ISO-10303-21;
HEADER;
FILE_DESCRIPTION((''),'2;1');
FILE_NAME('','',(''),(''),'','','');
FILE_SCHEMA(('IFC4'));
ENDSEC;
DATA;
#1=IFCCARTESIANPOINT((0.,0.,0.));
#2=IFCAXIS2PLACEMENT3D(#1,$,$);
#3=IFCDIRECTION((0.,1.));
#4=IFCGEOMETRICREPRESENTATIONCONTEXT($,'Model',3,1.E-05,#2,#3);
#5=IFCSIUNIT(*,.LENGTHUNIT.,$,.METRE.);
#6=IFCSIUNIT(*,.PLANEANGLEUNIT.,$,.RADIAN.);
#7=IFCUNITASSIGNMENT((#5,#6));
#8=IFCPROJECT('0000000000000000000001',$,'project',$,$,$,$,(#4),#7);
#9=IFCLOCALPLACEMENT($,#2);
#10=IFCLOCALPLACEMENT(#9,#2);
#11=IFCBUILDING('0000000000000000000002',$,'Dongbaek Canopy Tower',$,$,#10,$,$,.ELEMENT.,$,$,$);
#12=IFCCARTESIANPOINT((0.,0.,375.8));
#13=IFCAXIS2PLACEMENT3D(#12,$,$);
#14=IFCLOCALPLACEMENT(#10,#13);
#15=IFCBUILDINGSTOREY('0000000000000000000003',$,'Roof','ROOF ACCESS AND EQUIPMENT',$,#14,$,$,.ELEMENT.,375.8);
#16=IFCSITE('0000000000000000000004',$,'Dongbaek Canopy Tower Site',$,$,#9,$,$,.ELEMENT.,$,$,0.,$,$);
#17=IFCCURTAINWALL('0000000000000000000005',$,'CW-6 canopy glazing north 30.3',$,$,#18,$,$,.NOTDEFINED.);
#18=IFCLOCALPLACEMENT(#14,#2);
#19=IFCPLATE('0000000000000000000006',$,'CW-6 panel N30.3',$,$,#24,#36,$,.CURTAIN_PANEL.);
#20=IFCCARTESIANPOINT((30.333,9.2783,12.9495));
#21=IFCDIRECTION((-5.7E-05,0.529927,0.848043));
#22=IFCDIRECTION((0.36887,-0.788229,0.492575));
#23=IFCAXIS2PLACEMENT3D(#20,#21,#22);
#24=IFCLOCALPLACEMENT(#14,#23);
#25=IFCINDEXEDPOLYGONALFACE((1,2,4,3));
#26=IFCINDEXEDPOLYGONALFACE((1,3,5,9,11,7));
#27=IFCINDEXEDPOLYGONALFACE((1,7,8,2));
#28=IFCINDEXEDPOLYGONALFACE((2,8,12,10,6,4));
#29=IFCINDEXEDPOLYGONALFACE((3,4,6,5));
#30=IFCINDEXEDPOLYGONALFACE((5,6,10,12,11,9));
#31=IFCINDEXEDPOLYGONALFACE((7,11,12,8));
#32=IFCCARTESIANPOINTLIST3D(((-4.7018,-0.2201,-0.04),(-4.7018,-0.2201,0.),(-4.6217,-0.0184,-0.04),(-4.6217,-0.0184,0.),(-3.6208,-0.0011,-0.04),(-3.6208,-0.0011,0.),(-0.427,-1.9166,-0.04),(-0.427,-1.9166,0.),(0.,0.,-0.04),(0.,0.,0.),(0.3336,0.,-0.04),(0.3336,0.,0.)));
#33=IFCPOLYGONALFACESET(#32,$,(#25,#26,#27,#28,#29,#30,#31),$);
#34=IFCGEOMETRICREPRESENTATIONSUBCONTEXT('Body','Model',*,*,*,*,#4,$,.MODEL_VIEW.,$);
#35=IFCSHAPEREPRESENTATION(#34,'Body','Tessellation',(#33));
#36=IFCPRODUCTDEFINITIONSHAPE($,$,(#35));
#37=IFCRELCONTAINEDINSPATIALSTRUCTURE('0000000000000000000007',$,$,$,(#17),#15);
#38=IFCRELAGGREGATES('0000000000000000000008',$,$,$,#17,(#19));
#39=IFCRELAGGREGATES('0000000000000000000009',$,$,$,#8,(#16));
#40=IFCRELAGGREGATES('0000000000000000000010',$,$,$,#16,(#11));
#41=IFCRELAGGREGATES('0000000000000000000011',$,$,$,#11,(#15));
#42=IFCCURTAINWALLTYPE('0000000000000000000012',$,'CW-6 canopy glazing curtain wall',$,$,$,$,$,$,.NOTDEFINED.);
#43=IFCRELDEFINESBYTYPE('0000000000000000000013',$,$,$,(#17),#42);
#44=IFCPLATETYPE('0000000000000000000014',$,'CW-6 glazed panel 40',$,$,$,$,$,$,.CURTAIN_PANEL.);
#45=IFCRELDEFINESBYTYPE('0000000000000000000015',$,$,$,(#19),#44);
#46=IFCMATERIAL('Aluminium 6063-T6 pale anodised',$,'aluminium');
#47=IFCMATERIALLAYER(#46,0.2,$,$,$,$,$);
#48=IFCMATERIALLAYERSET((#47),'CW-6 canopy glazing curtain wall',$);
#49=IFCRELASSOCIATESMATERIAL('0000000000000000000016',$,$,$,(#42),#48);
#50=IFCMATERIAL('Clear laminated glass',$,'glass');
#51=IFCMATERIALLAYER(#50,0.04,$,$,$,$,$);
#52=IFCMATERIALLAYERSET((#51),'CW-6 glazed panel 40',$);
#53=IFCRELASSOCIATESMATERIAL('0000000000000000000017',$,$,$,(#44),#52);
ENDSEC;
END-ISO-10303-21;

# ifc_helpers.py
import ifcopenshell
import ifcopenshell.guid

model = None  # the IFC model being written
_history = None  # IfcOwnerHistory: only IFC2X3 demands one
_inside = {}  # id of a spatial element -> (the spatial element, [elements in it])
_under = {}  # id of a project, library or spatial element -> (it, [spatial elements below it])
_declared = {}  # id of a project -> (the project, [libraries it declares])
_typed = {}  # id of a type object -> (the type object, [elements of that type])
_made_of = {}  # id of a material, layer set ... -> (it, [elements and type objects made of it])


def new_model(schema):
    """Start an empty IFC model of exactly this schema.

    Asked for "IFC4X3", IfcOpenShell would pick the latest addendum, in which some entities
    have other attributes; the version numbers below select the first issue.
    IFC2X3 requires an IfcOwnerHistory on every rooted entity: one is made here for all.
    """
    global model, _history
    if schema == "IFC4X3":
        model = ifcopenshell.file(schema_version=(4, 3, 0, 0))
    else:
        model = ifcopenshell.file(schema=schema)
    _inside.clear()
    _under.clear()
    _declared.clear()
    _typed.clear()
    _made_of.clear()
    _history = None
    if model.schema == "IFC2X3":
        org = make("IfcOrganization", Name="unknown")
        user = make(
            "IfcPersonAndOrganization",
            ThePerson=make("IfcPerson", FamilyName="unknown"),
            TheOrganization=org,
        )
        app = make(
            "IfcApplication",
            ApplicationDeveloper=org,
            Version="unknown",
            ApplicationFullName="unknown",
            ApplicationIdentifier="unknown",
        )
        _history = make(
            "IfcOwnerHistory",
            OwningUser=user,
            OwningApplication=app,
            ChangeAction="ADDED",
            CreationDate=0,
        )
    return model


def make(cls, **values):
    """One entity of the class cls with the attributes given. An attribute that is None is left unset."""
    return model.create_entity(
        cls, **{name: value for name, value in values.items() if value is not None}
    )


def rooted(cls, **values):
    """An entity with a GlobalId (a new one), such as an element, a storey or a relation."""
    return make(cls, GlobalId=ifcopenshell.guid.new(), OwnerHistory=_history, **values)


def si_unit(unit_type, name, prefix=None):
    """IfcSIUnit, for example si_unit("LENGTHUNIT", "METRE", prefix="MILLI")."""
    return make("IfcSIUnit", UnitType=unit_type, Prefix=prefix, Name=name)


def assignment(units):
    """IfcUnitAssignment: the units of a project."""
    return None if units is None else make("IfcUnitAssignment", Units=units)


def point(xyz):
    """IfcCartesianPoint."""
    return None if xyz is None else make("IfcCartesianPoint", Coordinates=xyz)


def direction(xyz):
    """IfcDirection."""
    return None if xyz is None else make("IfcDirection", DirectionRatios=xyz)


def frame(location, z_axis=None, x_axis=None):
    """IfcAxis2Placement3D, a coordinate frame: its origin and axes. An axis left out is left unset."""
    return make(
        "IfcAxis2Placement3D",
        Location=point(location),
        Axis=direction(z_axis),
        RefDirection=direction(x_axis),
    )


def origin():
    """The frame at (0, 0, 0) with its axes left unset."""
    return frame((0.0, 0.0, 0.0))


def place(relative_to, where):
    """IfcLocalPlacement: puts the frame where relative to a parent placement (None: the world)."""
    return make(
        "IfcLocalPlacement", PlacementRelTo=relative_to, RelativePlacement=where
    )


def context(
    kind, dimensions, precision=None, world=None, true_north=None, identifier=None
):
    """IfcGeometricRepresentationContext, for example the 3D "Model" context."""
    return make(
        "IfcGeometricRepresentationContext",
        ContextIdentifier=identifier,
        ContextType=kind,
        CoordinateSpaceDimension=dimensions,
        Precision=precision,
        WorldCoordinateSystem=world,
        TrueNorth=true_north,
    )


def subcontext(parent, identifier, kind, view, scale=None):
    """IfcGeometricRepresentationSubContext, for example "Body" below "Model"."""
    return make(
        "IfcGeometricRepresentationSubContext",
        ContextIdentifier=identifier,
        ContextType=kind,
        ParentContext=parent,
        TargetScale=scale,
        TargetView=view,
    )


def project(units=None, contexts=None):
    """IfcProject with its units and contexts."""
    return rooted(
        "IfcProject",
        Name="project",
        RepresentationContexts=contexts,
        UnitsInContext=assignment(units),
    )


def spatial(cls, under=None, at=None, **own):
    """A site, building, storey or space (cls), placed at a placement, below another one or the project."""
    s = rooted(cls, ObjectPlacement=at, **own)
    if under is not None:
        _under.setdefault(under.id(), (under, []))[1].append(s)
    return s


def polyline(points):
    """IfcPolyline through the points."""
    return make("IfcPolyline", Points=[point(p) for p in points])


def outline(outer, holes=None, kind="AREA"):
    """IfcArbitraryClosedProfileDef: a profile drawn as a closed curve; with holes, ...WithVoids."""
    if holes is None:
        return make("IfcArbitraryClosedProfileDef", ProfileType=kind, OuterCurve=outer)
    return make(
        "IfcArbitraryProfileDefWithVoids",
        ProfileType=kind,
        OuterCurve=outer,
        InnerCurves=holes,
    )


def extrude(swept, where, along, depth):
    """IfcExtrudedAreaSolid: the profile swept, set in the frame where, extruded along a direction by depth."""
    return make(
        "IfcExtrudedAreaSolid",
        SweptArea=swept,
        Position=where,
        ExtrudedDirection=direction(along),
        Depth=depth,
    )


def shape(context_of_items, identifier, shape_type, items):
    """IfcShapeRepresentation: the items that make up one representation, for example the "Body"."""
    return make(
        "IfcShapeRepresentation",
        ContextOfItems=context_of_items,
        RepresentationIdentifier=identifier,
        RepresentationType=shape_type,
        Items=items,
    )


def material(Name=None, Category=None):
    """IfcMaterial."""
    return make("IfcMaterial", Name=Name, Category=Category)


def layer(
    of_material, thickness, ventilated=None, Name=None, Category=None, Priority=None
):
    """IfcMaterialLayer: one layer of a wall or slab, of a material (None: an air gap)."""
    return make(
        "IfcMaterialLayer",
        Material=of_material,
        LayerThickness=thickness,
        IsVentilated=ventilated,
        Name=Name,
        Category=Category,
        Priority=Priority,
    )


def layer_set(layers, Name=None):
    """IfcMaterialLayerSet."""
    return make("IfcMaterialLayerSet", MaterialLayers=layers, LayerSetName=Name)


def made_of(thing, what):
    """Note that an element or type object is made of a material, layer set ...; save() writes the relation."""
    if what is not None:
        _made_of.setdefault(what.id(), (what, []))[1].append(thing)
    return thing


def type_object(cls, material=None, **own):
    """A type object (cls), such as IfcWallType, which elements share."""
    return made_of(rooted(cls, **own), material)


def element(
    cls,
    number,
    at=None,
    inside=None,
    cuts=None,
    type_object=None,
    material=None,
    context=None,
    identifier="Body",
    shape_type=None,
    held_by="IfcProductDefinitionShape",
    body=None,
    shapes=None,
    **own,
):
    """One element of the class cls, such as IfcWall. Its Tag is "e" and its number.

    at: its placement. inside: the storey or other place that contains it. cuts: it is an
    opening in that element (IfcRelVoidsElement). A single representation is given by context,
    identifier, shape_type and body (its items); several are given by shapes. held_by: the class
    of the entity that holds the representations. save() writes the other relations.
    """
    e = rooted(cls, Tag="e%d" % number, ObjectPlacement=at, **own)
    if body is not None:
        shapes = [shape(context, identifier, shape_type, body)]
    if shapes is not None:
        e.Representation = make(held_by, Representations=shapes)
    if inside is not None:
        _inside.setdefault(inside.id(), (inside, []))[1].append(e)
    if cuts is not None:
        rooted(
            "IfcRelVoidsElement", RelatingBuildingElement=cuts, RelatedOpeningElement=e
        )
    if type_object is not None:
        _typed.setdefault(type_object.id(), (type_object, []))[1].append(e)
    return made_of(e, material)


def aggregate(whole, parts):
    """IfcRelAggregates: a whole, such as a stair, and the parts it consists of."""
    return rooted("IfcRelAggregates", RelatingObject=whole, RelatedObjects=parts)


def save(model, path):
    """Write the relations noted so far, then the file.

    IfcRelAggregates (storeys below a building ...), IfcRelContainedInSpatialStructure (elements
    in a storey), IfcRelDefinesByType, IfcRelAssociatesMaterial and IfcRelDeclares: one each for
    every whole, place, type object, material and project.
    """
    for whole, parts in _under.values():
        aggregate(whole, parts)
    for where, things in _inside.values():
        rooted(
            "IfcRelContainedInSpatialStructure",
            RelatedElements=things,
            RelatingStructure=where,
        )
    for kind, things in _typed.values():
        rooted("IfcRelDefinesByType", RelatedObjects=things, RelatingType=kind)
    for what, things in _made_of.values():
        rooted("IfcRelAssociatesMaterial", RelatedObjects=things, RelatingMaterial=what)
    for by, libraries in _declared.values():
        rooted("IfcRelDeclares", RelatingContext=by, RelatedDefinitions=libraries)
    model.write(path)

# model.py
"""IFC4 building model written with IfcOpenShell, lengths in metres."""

from ifc_helpers import new_model, si_unit, direction, frame, origin, place, context, subcontext, project, spatial, polyline, outline, extrude, material, layer, layer_set, type_object, element, aggregate, save


model = new_model("IFC4")

# Units and contexts
model_context = context("Model", 3, precision=1e-05, world=origin(), true_north=direction((0.0, 1.0)))
body_context = subcontext(model_context, "Body", "Model", "MODEL_VIEW")
ifc_project = project(units=[si_unit("LENGTHUNIT", "METRE"), si_unit("PLANEANGLEUNIT", "RADIAN")], contexts=[model_context])

# Site, building, storey
site_placement = place(None, origin())
site = spatial("IfcSite", under=ifc_project, at=site_placement, Name="Dongbaek Canopy Tower Site", CompositionType="ELEMENT", RefElevation=0.0)
building_placement = place(site_placement, origin())
building = spatial("IfcBuilding", under=site, at=building_placement, Name="Dongbaek Canopy Tower", CompositionType="ELEMENT")
storey_placement = place(building_placement, frame((0.0, 0.0, 375.8)))
storey = spatial("IfcBuildingStorey", under=building, at=storey_placement, Name="Roof", Description="ROOF ACCESS AND EQUIPMENT", CompositionType="ELEMENT", Elevation=375.8)

# Shared definitions
ifc_material_1 = material(Name="Aluminium 6063-T6 pale anodised", Category="aluminium")
ifc_layer_1 = layer(ifc_material_1, 0.2)
ifc_layer_set_1 = layer_set([ifc_layer_1], Name="CW-6 canopy glazing curtain wall")
curtain_wall_type = type_object("IfcCurtainWallType", Name="CW-6 canopy glazing curtain wall", PredefinedType="NOTDEFINED", material=ifc_layer_set_1)

# Shared definitions
ifc_material_2 = material(Name="Clear laminated glass", Category="glass")
ifc_layer_2 = layer(ifc_material_2, 0.04)
ifc_layer_set_2 = layer_set([ifc_layer_2], Name="CW-6 glazed panel 40")
plate_type = type_object("IfcPlateType", Name="CW-6 glazed panel 40", PredefinedType="CURTAIN_PANEL", material=ifc_layer_set_2)

# Curtain wall, plate
curtain_wall_1_placement = place(storey_placement, origin())
curtain_wall_1 = element("IfcCurtainWall", 1, at=curtain_wall_1_placement, inside=storey, type_object=curtain_wall_type, Name="CW-6 canopy glazing north 30.3", PredefinedType="NOTDEFINED")
plate_1_placement = place(storey_placement, frame((30.333, 9.2783, 12.9495), z_axis=(-0.000057, 0.529927, 0.848043), x_axis=(0.36887, -0.788229, 0.492575)))
plate_1 = element("IfcPlate", 2, at=plate_1_placement, type_object=plate_type, Name="CW-6 panel N30.3", PredefinedType="CURTAIN_PANEL", context=body_context, shape_type="SweptSolid", body=[
    extrude(outline(polyline([(0.0, 0.0), (0.3336, 0.0), (-0.427, -1.9166), (-4.7018, -0.2201), (-4.6217, -0.0184), (-3.6208, -0.0011), (0.0, 0.0)])), origin(), (0.0, 0.0, -1.0), 0.04),
])
aggregate(curtain_wall_1, [plate_1])

save(model, "model.ifc")
